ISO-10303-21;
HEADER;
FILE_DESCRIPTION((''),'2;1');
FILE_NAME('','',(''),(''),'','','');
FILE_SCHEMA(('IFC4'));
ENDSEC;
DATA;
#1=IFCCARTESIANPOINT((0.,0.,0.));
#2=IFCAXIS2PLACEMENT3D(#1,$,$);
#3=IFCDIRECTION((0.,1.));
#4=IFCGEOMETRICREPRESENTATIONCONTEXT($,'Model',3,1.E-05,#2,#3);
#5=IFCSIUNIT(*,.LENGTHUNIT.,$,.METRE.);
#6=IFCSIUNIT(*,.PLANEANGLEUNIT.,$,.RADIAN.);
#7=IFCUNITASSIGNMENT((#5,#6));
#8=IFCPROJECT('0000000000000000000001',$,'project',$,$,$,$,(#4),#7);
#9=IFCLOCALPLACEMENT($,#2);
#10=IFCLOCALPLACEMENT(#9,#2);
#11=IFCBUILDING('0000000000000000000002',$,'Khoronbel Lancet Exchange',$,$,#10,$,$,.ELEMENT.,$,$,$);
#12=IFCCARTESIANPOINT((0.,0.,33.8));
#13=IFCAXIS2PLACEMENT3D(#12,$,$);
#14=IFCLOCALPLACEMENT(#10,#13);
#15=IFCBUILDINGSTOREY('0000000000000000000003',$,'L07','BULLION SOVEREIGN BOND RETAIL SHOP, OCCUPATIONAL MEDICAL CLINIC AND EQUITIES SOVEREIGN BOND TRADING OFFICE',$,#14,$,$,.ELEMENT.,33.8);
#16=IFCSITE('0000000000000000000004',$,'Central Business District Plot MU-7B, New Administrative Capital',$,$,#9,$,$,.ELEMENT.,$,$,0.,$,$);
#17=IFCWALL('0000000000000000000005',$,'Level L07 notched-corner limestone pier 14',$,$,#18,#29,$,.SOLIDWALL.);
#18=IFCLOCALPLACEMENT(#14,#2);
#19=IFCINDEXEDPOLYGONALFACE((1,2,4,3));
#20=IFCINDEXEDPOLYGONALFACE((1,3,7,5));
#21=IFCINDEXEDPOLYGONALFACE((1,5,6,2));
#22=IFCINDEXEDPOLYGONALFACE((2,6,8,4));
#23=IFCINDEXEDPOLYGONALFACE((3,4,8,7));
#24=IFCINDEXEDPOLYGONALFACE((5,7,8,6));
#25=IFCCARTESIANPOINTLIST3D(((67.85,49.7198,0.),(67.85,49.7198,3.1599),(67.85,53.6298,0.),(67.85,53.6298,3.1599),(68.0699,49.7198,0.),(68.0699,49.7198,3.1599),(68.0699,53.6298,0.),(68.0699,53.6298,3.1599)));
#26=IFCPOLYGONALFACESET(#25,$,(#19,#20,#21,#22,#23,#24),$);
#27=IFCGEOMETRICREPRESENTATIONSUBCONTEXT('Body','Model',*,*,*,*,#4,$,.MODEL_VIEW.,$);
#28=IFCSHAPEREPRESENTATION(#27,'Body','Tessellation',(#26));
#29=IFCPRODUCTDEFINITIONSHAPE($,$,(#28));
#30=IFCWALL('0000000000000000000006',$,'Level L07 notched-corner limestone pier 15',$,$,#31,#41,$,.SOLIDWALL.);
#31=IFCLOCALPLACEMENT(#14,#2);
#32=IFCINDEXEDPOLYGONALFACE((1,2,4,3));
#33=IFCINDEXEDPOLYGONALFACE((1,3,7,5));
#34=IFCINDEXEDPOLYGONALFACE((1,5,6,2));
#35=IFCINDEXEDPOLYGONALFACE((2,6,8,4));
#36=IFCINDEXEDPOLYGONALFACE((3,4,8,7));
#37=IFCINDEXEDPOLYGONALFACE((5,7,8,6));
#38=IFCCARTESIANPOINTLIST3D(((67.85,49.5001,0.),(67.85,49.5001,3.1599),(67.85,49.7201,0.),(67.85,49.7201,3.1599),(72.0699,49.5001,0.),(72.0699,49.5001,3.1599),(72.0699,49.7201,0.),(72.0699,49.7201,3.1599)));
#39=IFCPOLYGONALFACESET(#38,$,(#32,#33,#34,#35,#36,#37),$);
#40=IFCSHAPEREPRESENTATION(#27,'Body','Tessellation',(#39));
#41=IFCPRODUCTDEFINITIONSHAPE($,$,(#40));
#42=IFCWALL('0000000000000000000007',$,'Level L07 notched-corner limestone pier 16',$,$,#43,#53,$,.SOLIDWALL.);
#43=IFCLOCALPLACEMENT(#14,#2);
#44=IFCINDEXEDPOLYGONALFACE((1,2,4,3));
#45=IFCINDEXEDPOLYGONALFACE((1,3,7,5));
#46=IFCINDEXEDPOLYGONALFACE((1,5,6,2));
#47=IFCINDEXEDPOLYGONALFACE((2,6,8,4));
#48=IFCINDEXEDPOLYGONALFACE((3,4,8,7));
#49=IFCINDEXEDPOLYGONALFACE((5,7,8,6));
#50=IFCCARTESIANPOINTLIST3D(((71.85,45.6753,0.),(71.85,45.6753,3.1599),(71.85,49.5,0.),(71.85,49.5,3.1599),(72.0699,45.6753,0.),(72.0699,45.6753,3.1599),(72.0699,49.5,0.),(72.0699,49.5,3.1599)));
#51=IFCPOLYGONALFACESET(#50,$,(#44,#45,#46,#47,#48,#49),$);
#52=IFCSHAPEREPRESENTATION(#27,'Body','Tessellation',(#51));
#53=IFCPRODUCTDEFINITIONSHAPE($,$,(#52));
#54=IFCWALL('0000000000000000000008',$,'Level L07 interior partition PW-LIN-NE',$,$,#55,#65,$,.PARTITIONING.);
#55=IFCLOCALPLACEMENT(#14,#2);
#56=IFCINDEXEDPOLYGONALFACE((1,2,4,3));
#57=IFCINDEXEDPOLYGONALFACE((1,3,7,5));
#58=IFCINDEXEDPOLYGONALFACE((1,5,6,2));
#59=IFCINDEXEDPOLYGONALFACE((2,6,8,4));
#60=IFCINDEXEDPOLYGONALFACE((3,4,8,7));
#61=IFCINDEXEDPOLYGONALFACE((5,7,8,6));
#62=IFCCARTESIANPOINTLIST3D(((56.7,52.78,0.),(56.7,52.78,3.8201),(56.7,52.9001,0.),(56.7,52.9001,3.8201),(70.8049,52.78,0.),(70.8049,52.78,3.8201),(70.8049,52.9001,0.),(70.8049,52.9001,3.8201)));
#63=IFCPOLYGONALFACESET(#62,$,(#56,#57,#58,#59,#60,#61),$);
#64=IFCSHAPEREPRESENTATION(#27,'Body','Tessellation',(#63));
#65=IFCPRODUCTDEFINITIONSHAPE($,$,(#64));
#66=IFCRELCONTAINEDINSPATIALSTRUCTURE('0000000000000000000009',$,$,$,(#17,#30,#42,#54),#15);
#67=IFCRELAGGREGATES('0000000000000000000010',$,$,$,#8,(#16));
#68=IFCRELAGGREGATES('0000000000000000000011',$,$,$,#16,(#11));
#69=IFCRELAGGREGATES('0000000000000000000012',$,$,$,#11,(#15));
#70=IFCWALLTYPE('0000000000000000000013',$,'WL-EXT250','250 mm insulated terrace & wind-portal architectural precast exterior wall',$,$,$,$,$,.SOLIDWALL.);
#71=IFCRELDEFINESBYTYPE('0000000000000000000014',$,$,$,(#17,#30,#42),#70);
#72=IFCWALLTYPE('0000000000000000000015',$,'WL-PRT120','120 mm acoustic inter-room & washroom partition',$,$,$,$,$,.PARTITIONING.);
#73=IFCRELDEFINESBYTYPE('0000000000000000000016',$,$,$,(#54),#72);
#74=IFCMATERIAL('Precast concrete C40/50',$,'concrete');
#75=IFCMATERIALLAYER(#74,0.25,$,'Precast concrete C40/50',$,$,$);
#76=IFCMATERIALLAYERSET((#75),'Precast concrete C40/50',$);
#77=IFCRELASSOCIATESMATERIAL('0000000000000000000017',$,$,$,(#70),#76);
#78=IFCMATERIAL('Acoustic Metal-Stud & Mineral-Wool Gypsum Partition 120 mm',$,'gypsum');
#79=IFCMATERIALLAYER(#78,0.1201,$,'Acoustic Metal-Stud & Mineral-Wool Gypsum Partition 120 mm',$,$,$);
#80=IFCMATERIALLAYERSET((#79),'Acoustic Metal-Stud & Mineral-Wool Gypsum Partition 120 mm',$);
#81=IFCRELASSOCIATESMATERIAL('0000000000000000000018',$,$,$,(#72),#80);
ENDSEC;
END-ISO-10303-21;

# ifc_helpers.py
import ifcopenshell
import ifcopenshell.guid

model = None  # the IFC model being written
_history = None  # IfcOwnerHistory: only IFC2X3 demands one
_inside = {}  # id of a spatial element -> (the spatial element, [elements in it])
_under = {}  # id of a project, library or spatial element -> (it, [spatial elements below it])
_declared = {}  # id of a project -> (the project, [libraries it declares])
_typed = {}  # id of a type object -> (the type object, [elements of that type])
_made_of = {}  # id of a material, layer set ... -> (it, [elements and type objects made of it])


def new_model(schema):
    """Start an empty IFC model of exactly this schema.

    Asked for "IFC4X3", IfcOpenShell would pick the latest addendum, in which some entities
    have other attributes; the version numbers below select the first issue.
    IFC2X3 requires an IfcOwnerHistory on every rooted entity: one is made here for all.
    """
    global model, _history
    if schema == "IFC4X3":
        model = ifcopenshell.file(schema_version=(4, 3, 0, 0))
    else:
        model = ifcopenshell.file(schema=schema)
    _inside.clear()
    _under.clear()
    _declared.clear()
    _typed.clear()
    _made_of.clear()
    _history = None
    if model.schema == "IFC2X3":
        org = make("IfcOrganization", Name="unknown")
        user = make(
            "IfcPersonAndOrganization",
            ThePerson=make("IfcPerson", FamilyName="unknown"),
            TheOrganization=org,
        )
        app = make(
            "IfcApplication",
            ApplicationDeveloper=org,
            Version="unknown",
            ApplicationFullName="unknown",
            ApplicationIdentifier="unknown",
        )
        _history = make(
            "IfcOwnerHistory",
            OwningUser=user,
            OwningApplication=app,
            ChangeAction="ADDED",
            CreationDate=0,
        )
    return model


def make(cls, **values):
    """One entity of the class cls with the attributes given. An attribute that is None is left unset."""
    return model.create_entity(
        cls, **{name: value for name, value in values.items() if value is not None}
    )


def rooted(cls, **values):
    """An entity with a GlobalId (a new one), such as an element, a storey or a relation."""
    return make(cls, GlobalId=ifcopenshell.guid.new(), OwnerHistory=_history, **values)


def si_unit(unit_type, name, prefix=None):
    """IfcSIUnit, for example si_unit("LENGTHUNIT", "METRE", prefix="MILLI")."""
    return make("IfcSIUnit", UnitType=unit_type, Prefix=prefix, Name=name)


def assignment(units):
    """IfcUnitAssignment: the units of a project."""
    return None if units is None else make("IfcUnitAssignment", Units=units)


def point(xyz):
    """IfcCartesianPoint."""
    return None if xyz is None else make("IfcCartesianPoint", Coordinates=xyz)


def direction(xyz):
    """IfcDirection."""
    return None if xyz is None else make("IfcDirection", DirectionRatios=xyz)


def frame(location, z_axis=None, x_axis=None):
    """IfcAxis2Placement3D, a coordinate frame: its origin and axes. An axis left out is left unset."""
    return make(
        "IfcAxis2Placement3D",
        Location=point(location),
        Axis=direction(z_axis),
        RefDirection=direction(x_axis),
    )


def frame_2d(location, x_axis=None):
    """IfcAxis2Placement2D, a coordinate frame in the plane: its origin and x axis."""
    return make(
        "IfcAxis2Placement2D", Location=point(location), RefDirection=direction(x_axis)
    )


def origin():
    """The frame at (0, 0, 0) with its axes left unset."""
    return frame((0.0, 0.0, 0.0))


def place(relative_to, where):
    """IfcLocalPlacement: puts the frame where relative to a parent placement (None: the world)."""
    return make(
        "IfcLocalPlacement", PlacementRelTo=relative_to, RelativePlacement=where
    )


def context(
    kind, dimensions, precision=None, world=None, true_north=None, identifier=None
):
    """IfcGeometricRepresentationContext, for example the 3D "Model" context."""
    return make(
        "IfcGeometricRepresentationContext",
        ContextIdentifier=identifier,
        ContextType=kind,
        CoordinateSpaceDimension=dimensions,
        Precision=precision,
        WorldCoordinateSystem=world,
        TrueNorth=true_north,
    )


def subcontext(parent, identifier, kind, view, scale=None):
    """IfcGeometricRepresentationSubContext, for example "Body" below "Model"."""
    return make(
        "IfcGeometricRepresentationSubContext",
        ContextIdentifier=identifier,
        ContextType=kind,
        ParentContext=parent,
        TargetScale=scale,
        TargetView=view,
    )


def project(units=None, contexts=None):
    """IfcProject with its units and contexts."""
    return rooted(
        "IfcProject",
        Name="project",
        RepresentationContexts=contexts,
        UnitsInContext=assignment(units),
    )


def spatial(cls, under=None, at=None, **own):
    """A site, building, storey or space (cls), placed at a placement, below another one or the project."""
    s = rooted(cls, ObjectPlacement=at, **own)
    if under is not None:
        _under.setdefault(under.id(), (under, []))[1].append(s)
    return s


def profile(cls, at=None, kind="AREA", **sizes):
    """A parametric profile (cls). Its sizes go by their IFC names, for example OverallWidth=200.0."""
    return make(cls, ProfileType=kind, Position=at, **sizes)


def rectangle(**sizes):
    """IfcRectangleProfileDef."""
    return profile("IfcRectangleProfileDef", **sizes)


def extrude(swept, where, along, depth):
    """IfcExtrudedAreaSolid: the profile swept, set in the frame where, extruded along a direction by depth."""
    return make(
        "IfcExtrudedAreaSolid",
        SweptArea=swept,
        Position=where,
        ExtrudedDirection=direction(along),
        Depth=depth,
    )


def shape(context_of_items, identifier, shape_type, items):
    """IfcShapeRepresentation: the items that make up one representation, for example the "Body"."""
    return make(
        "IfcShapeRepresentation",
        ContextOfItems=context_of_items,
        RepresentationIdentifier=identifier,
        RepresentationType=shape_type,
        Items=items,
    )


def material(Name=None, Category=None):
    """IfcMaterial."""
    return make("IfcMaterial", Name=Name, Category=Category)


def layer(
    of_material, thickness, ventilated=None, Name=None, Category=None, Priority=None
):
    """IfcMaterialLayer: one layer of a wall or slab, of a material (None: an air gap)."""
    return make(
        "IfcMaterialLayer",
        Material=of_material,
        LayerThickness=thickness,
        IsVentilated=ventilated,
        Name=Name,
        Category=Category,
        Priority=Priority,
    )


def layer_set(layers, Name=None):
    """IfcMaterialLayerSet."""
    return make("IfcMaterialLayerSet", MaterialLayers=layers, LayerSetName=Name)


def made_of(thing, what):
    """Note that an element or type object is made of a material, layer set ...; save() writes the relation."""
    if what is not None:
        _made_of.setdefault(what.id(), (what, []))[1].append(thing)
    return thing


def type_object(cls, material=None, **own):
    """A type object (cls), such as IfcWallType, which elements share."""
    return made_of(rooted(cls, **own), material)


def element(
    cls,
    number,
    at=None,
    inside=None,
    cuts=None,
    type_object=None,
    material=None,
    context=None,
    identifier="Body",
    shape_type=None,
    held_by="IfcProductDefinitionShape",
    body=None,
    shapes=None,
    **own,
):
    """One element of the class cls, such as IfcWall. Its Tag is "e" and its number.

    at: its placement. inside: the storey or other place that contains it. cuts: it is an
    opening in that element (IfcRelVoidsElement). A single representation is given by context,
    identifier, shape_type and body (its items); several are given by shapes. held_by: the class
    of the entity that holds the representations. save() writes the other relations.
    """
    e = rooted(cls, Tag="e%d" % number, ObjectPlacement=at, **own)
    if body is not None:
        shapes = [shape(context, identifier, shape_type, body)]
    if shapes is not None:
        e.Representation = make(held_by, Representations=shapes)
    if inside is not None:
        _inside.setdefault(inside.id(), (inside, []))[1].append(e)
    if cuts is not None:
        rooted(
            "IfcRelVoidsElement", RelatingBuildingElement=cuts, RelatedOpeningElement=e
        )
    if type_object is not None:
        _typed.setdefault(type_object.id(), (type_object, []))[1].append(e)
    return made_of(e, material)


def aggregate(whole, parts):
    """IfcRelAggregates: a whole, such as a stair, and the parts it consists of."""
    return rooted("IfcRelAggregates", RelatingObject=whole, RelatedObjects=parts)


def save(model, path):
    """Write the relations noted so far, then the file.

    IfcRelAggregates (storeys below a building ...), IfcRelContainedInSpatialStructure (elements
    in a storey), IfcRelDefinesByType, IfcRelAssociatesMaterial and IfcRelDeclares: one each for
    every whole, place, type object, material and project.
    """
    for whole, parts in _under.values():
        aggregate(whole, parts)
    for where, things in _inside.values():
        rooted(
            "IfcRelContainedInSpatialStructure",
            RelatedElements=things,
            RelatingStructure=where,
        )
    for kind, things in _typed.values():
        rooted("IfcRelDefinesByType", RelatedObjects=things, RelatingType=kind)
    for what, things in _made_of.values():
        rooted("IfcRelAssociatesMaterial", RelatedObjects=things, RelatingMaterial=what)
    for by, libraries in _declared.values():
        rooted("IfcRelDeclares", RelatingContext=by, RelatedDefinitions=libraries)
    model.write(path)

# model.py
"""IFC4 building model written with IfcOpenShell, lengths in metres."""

from ifc_helpers import new_model, si_unit, direction, frame, frame_2d, origin, place, context, subcontext, project, spatial, rectangle, extrude, material, layer, layer_set, type_object, element, save


model = new_model("IFC4")

# Units and contexts
model_context = context("Model", 3, precision=1e-05, world=origin(), true_north=direction((0.0, 1.0)))
body_context = subcontext(model_context, "Body", "Model", "MODEL_VIEW")
ifc_project = project(units=[si_unit("LENGTHUNIT", "METRE"), si_unit("PLANEANGLEUNIT", "RADIAN")], contexts=[model_context])

# Site, building, storey
site_placement = place(None, origin())
site = spatial("IfcSite", under=ifc_project, at=site_placement, Name="Central Business District Plot MU-7B, New Administrative Capital", CompositionType="ELEMENT", RefElevation=0.0)
building_placement = place(site_placement, origin())
building = spatial("IfcBuilding", under=site, at=building_placement, Name="Khoronbel Lancet Exchange", CompositionType="ELEMENT")
storey_placement = place(building_placement, frame((0.0, 0.0, 33.8)))
storey = spatial("IfcBuildingStorey", under=building, at=storey_placement, Name="L07", Description="BULLION SOVEREIGN BOND RETAIL SHOP, OCCUPATIONAL MEDICAL CLINIC AND EQUITIES SOVEREIGN BOND TRADING OFFICE", CompositionType="ELEMENT", Elevation=33.8)

# Walls
ifc_material_1 = material(Name="Precast concrete C40/50", Category="concrete")
ifc_layer_1 = layer(ifc_material_1, 0.25, Name="Precast concrete C40/50")
ifc_layer_set_1 = layer_set([ifc_layer_1], Name="Precast concrete C40/50")
wall_type_1 = type_object("IfcWallType", Name="WL-EXT250", Description="250 mm insulated terrace & wind-portal architectural precast exterior wall", PredefinedType="SOLIDWALL", material=ifc_layer_set_1)
wall_1_placement = place(storey_placement, frame((67.96, 53.6299, 0.0), z_axis=(0.0, 0.0, 1.0), x_axis=(0.0, -1.0, 0.0)))
element("IfcWall", 1, at=wall_1_placement, inside=storey, type_object=wall_type_1, Name="Level L07 notched-corner limestone pier 14", PredefinedType="SOLIDWALL", context=body_context, shape_type="SweptSolid", body=[
    extrude(rectangle(XDim=3.9099, YDim=0.22, at=frame_2d((1.9551, 0.0))), origin(), (0.0, 0.0, 1.0), 3.1599),
])
wall_2_placement = place(storey_placement, frame((67.8501, 49.6101, 0.0), z_axis=(0.0, 0.0, 1.0), x_axis=(1.0, 0.0, 0.0)))
element("IfcWall", 2, at=wall_2_placement, inside=storey, type_object=wall_type_1, Name="Level L07 notched-corner limestone pier 15", PredefinedType="SOLIDWALL", context=body_context, shape_type="SweptSolid", body=[
    extrude(rectangle(XDim=4.22, YDim=0.22, at=frame_2d((2.1099, 0.0))), origin(), (0.0, 0.0, 1.0), 3.1599),
])
wall_3_placement = place(storey_placement, frame((71.96, 49.5, 0.0), z_axis=(0.0, 0.0, 1.0), x_axis=(0.0, -1.0, 0.0)))
element("IfcWall", 3, at=wall_3_placement, inside=storey, type_object=wall_type_1, Name="Level L07 notched-corner limestone pier 16", PredefinedType="SOLIDWALL", context=body_context, shape_type="SweptSolid", body=[
    extrude(rectangle(XDim=3.8247, YDim=0.22, at=frame_2d((1.9124, 0.0))), origin(), (0.0, 0.0, 1.0), 3.1599),
])
ifc_material_2 = material(Name="Acoustic Metal-Stud & Mineral-Wool Gypsum Partition 120 mm", Category="gypsum")
ifc_layer_2 = layer(ifc_material_2, 0.1201, Name="Acoustic Metal-Stud & Mineral-Wool Gypsum Partition 120 mm")
ifc_layer_set_2 = layer_set([ifc_layer_2], Name="Acoustic Metal-Stud & Mineral-Wool Gypsum Partition 120 mm")
wall_type_2 = type_object("IfcWallType", Name="WL-PRT120", Description="120 mm acoustic inter-room & washroom partition", PredefinedType="PARTITIONING", material=ifc_layer_set_2)
wall_4_placement = place(storey_placement, frame((56.7, 52.8401, 0.0), z_axis=(0.0, 0.0, 1.0), x_axis=(1.0, 0.0, 0.0)))
element("IfcWall", 4, at=wall_4_placement, inside=storey, type_object=wall_type_2, Name="Level L07 interior partition PW-LIN-NE", PredefinedType="PARTITIONING", context=body_context, shape_type="SweptSolid", body=[
    extrude(rectangle(XDim=14.105, YDim=0.1201, at=frame_2d((7.0525, 0.0))), origin(), (0.0, 0.0, 1.0), 3.8201),
])

save(model, "model.ifc")
